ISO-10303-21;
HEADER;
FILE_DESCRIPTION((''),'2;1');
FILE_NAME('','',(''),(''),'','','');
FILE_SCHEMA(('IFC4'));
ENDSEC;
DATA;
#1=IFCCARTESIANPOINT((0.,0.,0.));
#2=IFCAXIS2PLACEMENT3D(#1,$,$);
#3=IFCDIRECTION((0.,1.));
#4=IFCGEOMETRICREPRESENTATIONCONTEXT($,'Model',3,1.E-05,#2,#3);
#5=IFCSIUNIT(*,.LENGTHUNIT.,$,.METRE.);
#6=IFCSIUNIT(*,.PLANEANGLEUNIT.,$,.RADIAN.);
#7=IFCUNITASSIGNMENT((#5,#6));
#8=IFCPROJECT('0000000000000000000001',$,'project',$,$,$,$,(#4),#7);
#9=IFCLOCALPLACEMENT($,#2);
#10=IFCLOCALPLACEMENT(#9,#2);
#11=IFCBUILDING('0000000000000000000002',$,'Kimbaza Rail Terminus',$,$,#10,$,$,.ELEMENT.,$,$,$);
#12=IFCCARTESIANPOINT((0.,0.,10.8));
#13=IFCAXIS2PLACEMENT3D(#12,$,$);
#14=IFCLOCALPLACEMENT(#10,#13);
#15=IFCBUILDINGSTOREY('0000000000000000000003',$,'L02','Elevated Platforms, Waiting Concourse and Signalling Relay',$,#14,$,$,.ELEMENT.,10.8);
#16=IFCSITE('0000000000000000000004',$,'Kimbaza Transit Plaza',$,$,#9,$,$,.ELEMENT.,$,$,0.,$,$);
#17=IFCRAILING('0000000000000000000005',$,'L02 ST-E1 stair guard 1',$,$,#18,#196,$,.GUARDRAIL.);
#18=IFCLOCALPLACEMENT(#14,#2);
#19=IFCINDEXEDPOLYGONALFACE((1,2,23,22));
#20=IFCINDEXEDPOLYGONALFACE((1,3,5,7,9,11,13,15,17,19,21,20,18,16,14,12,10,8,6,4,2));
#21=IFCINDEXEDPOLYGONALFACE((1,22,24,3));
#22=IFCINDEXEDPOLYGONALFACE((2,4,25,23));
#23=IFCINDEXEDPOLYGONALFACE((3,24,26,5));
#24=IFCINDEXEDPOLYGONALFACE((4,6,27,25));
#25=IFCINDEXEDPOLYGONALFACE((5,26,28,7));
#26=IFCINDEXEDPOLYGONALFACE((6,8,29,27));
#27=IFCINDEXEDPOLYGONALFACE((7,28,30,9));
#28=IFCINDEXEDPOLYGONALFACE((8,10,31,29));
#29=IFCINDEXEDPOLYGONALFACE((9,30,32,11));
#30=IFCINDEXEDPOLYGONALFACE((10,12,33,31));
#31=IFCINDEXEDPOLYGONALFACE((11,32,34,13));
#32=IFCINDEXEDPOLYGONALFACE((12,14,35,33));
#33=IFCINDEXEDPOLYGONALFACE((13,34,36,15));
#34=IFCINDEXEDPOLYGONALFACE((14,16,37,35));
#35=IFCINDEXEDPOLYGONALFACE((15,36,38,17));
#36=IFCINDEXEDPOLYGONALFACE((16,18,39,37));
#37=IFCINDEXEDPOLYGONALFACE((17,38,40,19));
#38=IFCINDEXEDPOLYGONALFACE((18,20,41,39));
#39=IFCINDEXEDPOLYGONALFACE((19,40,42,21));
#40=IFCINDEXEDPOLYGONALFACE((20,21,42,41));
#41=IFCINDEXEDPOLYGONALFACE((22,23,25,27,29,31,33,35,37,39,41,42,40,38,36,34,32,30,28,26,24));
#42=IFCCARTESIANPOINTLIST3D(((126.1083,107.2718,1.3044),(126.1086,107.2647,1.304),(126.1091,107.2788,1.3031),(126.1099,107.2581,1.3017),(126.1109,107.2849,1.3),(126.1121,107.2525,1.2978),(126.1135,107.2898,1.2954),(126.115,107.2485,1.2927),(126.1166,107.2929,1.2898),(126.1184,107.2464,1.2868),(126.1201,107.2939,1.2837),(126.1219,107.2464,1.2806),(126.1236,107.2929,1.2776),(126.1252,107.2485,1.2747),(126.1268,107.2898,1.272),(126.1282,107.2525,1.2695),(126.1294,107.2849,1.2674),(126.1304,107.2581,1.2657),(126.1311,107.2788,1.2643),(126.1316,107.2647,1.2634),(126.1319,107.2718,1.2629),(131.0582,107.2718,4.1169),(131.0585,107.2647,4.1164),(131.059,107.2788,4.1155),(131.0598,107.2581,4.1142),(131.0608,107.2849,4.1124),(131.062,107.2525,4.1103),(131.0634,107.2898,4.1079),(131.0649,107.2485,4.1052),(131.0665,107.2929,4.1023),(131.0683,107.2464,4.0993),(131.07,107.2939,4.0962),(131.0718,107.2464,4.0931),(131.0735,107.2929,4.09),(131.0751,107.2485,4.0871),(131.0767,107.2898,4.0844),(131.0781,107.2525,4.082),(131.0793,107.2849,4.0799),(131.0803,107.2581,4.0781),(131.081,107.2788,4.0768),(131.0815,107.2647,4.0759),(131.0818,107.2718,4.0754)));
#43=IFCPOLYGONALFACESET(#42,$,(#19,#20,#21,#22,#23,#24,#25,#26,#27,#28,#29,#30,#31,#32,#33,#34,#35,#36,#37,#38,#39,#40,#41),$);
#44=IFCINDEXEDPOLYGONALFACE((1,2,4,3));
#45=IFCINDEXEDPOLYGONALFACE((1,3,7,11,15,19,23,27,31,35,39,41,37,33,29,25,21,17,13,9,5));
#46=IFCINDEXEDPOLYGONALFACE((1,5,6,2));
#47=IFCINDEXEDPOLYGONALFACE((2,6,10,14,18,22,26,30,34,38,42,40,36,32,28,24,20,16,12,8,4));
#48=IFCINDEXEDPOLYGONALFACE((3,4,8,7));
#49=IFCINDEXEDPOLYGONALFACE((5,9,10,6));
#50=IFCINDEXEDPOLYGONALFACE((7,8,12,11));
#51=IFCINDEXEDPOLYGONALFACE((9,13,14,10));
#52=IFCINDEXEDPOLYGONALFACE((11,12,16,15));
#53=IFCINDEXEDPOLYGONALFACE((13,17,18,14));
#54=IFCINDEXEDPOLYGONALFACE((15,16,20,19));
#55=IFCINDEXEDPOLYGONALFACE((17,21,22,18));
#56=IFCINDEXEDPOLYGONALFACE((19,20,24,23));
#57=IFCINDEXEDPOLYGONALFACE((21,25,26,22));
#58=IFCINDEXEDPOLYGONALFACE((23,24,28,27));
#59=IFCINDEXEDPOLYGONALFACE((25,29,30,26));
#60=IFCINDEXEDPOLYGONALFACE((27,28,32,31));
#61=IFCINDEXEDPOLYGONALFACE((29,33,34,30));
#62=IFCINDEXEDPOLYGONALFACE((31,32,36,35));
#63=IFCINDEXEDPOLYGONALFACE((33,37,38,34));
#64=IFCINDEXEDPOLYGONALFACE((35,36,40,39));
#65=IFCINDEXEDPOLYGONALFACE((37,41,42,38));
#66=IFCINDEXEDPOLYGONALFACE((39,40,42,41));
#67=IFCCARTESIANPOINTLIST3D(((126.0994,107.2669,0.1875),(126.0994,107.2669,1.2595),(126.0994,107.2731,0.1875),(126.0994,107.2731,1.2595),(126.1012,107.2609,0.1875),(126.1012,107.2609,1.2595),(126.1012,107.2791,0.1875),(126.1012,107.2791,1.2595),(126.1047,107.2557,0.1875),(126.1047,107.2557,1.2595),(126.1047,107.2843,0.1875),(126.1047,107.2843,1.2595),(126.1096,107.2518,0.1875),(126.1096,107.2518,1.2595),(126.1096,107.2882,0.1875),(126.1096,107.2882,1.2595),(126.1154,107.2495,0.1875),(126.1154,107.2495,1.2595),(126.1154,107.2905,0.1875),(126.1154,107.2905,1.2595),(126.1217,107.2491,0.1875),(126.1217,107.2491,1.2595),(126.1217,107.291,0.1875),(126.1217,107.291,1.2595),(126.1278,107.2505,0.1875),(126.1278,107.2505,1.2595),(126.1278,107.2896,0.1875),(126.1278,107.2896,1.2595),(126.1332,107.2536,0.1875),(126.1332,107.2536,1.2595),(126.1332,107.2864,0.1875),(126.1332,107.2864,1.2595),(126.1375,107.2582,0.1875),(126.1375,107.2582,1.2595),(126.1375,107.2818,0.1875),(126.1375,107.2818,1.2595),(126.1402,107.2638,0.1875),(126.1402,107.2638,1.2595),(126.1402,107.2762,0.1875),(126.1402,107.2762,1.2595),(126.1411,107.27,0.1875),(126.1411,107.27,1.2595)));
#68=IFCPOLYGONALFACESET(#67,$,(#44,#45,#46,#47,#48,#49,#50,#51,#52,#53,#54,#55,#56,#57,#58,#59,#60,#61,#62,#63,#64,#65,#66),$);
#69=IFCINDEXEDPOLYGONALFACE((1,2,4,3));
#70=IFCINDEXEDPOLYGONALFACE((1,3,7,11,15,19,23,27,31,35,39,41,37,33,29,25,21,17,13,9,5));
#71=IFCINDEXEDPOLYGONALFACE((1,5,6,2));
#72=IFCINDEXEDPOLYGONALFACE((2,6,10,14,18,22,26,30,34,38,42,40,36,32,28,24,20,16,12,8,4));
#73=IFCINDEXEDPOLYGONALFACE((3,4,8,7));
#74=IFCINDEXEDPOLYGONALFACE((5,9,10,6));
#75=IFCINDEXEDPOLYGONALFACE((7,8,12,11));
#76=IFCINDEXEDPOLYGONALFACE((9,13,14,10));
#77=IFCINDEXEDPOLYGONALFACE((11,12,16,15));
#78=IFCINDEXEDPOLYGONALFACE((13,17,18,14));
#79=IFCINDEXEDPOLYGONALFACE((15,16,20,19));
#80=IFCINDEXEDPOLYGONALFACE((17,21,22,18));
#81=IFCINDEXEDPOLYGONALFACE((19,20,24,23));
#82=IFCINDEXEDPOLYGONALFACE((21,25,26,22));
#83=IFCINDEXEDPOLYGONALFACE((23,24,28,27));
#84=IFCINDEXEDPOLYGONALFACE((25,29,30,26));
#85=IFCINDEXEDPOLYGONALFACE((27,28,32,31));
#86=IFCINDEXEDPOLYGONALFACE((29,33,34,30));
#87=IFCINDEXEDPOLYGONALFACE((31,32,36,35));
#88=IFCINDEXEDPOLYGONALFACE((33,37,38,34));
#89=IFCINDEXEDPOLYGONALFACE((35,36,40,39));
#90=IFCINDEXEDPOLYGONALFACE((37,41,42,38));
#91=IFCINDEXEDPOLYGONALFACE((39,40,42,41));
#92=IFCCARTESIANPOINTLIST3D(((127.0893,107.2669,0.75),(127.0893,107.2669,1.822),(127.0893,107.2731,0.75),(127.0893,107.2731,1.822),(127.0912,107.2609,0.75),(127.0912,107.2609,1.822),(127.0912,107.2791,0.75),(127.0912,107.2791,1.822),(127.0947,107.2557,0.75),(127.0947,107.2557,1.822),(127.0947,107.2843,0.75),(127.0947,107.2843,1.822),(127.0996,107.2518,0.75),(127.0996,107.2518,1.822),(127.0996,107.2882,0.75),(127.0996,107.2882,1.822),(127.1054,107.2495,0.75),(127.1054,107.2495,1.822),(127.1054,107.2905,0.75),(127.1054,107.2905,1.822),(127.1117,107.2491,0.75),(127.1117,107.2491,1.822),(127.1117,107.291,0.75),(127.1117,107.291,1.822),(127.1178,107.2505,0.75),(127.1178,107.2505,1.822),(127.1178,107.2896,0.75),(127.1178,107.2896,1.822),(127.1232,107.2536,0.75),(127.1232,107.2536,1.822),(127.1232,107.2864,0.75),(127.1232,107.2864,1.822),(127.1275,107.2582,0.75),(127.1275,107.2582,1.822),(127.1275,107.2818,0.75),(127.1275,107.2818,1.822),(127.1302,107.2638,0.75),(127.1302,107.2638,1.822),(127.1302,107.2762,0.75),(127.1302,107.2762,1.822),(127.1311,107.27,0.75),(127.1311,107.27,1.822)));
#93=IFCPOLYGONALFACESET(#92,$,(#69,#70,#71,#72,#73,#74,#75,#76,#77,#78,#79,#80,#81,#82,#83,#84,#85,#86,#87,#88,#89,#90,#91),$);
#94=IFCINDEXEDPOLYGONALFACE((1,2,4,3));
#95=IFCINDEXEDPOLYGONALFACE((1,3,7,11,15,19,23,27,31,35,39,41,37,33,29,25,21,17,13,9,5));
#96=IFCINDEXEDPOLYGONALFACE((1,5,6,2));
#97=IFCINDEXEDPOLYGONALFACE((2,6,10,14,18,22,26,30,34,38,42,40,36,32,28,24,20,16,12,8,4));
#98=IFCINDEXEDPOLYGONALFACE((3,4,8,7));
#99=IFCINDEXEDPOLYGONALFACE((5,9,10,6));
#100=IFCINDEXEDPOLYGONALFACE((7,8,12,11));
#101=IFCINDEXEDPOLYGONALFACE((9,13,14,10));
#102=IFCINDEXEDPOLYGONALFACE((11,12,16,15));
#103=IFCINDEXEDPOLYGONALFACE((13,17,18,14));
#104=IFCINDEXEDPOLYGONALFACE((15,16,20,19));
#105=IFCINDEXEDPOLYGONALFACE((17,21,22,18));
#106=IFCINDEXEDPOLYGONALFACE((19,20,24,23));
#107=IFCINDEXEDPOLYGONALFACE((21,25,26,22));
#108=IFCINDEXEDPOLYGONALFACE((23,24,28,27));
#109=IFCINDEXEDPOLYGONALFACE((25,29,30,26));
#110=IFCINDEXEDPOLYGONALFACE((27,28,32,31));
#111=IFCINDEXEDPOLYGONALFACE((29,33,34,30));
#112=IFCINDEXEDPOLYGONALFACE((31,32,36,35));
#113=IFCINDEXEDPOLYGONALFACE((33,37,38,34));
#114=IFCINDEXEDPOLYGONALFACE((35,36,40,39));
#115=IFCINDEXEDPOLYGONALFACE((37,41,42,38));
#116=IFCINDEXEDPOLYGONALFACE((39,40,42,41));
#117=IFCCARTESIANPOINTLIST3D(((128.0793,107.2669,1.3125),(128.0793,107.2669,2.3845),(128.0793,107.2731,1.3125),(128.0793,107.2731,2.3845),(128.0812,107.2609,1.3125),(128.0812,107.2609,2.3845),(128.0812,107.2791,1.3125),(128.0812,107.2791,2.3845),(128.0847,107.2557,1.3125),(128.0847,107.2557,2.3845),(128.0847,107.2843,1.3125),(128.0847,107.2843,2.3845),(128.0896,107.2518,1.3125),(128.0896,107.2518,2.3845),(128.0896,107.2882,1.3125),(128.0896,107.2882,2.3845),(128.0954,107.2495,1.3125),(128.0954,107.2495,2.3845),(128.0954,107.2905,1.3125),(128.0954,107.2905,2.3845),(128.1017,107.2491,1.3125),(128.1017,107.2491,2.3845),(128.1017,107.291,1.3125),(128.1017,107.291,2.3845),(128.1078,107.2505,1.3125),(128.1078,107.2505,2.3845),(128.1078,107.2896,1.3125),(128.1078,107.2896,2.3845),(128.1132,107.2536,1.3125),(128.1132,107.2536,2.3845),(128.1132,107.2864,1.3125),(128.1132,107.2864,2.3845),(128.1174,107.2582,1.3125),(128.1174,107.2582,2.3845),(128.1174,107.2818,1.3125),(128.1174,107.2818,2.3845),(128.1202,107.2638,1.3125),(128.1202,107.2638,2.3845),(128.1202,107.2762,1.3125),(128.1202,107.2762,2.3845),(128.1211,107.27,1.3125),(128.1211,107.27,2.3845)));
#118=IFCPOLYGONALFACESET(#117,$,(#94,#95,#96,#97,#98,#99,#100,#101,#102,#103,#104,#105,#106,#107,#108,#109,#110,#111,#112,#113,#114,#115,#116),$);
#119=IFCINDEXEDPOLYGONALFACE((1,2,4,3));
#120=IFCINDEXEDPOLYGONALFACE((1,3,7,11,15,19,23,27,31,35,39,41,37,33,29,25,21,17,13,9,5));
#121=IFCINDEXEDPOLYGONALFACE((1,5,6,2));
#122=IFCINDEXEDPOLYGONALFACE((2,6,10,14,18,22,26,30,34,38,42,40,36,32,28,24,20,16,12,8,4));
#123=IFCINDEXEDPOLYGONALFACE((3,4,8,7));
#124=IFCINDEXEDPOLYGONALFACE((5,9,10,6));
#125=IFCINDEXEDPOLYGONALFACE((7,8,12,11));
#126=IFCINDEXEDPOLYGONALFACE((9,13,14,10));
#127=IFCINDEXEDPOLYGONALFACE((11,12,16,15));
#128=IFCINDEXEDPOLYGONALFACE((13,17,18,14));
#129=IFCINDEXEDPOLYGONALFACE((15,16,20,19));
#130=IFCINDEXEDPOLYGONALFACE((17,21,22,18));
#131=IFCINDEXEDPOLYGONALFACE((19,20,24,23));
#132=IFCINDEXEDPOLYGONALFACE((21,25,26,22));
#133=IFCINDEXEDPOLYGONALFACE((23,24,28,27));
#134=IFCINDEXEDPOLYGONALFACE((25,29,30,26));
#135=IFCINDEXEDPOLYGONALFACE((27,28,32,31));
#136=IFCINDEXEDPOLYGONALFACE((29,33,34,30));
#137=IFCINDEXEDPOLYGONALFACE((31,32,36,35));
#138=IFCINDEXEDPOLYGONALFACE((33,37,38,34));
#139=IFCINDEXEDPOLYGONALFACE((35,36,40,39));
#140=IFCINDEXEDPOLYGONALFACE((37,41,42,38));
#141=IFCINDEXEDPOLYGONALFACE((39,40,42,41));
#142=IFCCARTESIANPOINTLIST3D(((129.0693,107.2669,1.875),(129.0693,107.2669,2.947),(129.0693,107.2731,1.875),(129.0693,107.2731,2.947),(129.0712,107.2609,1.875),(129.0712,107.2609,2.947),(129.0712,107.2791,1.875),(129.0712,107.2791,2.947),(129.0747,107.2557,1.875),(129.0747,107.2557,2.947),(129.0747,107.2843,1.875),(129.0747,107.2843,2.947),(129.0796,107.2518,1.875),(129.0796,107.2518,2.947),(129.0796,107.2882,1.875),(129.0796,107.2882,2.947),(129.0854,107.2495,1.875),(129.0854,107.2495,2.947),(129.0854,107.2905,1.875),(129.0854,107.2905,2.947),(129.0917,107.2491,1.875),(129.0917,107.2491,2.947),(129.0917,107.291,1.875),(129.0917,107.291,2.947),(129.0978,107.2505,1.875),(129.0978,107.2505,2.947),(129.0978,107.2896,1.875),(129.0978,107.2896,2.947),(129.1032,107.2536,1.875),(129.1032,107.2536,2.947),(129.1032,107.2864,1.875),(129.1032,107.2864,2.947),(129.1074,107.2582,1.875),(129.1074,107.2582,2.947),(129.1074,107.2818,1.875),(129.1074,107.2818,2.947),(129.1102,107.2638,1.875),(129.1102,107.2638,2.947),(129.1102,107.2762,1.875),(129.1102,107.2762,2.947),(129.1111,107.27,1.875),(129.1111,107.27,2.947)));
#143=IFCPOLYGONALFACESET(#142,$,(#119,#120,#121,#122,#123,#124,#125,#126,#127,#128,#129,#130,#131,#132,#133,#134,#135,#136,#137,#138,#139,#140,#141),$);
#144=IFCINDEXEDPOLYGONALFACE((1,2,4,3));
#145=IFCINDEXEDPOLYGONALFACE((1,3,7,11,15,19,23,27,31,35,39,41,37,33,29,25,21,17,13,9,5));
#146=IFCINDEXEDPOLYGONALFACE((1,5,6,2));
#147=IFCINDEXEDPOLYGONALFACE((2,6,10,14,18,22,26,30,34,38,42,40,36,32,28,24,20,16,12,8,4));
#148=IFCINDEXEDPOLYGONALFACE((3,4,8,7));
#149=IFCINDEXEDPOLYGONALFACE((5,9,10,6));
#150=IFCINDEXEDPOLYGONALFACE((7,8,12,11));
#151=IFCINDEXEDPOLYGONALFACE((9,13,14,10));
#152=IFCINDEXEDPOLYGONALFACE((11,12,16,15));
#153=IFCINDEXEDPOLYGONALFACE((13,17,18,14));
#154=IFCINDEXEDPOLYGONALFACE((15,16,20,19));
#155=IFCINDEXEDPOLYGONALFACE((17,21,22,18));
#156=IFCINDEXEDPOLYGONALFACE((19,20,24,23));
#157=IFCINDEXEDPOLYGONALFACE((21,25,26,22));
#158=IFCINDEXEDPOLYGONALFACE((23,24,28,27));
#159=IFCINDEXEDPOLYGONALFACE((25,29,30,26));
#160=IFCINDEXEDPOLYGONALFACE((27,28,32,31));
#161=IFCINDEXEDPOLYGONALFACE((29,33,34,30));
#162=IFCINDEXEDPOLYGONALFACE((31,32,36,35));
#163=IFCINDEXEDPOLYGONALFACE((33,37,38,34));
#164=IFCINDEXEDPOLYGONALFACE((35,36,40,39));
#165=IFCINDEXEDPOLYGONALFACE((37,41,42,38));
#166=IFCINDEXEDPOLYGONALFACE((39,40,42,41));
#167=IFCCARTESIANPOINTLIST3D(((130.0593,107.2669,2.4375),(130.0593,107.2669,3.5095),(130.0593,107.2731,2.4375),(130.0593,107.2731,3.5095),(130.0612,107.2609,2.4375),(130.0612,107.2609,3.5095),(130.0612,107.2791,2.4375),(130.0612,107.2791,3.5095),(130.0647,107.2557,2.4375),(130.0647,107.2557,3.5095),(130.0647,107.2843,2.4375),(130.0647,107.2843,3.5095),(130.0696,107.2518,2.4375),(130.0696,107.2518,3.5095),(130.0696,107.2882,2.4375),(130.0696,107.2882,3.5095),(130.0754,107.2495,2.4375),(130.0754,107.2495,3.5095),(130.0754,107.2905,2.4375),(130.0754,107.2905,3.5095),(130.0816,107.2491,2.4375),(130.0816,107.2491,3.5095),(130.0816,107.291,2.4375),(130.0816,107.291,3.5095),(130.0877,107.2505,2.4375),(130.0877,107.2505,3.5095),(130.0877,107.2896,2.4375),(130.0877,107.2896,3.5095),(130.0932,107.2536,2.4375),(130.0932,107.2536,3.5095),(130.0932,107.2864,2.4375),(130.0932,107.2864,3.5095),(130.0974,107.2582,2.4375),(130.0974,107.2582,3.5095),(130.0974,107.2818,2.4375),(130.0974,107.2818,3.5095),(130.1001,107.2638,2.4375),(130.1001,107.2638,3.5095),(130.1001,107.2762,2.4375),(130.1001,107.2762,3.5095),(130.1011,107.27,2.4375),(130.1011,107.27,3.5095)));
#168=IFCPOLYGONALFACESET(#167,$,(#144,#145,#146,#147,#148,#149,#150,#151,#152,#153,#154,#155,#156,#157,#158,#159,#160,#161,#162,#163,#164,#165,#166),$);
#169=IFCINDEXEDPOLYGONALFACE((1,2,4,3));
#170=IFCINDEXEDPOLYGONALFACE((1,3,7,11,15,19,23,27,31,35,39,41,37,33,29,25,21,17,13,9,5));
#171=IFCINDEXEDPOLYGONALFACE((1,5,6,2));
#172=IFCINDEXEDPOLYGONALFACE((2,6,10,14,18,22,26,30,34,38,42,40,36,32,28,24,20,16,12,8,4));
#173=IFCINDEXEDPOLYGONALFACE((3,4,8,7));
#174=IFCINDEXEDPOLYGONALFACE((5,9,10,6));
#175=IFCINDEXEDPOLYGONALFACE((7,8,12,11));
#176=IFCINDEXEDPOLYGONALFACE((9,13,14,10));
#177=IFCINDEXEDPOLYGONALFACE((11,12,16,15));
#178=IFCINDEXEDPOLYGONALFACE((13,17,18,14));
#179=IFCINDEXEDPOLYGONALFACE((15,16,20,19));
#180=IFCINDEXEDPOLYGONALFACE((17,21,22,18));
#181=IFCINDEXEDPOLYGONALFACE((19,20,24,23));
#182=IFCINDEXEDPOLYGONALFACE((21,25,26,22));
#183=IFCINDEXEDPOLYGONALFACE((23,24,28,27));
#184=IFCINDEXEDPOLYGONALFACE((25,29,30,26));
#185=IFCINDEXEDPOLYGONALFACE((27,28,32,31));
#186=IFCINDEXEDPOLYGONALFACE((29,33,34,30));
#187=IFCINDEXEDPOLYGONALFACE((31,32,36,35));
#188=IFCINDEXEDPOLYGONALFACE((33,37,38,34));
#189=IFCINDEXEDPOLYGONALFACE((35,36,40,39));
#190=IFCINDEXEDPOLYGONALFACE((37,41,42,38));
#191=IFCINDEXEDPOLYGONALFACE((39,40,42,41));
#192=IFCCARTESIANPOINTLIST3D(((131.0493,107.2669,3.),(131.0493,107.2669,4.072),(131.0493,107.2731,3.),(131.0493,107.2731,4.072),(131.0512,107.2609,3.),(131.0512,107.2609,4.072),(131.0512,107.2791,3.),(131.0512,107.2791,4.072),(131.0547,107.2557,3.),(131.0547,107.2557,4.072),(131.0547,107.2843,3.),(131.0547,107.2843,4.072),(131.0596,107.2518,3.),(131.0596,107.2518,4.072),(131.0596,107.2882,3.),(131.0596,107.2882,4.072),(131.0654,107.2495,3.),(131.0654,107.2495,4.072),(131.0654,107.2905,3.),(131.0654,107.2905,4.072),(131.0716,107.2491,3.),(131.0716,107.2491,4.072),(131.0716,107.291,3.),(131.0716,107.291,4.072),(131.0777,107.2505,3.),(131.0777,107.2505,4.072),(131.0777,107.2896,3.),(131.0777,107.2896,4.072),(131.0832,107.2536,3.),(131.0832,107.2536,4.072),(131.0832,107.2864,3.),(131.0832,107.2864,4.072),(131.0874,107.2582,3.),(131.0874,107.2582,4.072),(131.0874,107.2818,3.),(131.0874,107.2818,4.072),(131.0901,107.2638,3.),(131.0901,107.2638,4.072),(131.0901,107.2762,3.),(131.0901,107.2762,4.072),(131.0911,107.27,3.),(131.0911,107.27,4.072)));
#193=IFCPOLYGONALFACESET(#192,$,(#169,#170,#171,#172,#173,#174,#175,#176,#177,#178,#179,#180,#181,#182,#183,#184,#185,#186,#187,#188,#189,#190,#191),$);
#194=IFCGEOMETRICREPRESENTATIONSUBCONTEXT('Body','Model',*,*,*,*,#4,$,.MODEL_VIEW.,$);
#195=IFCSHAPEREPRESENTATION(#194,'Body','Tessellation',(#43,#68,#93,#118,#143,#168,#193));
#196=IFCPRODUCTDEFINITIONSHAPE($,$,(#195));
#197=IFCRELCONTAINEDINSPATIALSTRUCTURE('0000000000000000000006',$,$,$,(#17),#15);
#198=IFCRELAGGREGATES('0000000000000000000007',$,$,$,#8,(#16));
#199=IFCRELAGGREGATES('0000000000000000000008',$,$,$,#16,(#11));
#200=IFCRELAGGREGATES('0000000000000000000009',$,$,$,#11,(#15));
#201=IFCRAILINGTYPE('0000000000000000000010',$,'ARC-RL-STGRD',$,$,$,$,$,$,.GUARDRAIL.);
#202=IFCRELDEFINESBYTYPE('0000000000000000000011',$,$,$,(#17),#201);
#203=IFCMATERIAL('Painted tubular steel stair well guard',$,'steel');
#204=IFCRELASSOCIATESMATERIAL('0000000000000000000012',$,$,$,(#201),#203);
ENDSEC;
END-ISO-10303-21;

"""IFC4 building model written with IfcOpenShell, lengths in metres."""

from ifc_helpers import new_model, si_unit, direction, frame, origin, origin_2d, place, context, subcontext, project, spatial, circle, extrude, material, type_object, element, save


model = new_model("IFC4")

# Units and contexts
model_context = context("Model", 3, precision=1e-05, world=origin(), true_north=direction((0.0, 1.0)))
body_context = subcontext(model_context, "Body", "Model", "MODEL_VIEW")
ifc_project = project(units=[si_unit("LENGTHUNIT", "METRE"), si_unit("PLANEANGLEUNIT", "RADIAN")], contexts=[model_context])

# Site, building, storey
site_placement = place(None, origin())
site = spatial("IfcSite", under=ifc_project, at=site_placement, Name="Kimbaza Transit Plaza", CompositionType="ELEMENT", RefElevation=0.0)
building_placement = place(site_placement, origin())
building = spatial("IfcBuilding", under=site, at=building_placement, Name="Kimbaza Rail Terminus", CompositionType="ELEMENT")
storey_placement = place(building_placement, frame((0.0, 0.0, 10.8)))
storey = spatial("IfcBuildingStorey", under=building, at=storey_placement, Name="L02", Description="Elevated Platforms, Waiting Concourse and Signalling Relay", CompositionType="ELEMENT", Elevation=10.8)

# Railing
ifc_material_1 = material(Name="Painted tubular steel stair well guard", Category="steel")
railing_type_1 = type_object("IfcRailingType", Name="ARC-RL-STGRD", PredefinedType="GUARDRAIL", material=ifc_material_1)
railing_1_placement = place(storey_placement, frame((126.1201, 107.27, 0.1875)))
element("IfcRailing", 1, at=railing_1_placement, inside=storey, type_object=railing_type_1, Name="L02 ST-E1 stair guard 1", PredefinedType="GUARDRAIL", context=body_context, shape_type="SweptSolid", body=[
    extrude(circle(Radius=0.0239, at=origin_2d()), frame((0.0, 0.0, 1.0962), z_axis=(0.869454, 0.0, 0.494013), x_axis=(0.0, 1.0, 0.0)), (0.0, 0.0, 1.0), 5.6931),
    extrude(circle(Radius=0.021, at=origin_2d()), origin(), (0.0, 0.0, 1.0), 1.072),
    extrude(circle(Radius=0.021, at=origin_2d()), frame((0.99, 0.0, 0.5625)), (0.0, 0.0, 1.0), 1.072),
    extrude(circle(Radius=0.021, at=origin_2d()), frame((1.98, 0.0, 1.125)), (0.0, 0.0, 1.0), 1.072),
    extrude(circle(Radius=0.021, at=origin_2d()), frame((2.97, 0.0, 1.6875)), (0.0, 0.0, 1.0), 1.072),
    extrude(circle(Radius=0.021, at=origin_2d()), frame((3.96, 0.0, 2.25)), (0.0, 0.0, 1.0), 1.072),
    extrude(circle(Radius=0.021, at=origin_2d()), frame((4.95, 0.0, 2.8125)), (0.0, 0.0, 1.0), 1.072),
])

save(model, "model.ifc")
